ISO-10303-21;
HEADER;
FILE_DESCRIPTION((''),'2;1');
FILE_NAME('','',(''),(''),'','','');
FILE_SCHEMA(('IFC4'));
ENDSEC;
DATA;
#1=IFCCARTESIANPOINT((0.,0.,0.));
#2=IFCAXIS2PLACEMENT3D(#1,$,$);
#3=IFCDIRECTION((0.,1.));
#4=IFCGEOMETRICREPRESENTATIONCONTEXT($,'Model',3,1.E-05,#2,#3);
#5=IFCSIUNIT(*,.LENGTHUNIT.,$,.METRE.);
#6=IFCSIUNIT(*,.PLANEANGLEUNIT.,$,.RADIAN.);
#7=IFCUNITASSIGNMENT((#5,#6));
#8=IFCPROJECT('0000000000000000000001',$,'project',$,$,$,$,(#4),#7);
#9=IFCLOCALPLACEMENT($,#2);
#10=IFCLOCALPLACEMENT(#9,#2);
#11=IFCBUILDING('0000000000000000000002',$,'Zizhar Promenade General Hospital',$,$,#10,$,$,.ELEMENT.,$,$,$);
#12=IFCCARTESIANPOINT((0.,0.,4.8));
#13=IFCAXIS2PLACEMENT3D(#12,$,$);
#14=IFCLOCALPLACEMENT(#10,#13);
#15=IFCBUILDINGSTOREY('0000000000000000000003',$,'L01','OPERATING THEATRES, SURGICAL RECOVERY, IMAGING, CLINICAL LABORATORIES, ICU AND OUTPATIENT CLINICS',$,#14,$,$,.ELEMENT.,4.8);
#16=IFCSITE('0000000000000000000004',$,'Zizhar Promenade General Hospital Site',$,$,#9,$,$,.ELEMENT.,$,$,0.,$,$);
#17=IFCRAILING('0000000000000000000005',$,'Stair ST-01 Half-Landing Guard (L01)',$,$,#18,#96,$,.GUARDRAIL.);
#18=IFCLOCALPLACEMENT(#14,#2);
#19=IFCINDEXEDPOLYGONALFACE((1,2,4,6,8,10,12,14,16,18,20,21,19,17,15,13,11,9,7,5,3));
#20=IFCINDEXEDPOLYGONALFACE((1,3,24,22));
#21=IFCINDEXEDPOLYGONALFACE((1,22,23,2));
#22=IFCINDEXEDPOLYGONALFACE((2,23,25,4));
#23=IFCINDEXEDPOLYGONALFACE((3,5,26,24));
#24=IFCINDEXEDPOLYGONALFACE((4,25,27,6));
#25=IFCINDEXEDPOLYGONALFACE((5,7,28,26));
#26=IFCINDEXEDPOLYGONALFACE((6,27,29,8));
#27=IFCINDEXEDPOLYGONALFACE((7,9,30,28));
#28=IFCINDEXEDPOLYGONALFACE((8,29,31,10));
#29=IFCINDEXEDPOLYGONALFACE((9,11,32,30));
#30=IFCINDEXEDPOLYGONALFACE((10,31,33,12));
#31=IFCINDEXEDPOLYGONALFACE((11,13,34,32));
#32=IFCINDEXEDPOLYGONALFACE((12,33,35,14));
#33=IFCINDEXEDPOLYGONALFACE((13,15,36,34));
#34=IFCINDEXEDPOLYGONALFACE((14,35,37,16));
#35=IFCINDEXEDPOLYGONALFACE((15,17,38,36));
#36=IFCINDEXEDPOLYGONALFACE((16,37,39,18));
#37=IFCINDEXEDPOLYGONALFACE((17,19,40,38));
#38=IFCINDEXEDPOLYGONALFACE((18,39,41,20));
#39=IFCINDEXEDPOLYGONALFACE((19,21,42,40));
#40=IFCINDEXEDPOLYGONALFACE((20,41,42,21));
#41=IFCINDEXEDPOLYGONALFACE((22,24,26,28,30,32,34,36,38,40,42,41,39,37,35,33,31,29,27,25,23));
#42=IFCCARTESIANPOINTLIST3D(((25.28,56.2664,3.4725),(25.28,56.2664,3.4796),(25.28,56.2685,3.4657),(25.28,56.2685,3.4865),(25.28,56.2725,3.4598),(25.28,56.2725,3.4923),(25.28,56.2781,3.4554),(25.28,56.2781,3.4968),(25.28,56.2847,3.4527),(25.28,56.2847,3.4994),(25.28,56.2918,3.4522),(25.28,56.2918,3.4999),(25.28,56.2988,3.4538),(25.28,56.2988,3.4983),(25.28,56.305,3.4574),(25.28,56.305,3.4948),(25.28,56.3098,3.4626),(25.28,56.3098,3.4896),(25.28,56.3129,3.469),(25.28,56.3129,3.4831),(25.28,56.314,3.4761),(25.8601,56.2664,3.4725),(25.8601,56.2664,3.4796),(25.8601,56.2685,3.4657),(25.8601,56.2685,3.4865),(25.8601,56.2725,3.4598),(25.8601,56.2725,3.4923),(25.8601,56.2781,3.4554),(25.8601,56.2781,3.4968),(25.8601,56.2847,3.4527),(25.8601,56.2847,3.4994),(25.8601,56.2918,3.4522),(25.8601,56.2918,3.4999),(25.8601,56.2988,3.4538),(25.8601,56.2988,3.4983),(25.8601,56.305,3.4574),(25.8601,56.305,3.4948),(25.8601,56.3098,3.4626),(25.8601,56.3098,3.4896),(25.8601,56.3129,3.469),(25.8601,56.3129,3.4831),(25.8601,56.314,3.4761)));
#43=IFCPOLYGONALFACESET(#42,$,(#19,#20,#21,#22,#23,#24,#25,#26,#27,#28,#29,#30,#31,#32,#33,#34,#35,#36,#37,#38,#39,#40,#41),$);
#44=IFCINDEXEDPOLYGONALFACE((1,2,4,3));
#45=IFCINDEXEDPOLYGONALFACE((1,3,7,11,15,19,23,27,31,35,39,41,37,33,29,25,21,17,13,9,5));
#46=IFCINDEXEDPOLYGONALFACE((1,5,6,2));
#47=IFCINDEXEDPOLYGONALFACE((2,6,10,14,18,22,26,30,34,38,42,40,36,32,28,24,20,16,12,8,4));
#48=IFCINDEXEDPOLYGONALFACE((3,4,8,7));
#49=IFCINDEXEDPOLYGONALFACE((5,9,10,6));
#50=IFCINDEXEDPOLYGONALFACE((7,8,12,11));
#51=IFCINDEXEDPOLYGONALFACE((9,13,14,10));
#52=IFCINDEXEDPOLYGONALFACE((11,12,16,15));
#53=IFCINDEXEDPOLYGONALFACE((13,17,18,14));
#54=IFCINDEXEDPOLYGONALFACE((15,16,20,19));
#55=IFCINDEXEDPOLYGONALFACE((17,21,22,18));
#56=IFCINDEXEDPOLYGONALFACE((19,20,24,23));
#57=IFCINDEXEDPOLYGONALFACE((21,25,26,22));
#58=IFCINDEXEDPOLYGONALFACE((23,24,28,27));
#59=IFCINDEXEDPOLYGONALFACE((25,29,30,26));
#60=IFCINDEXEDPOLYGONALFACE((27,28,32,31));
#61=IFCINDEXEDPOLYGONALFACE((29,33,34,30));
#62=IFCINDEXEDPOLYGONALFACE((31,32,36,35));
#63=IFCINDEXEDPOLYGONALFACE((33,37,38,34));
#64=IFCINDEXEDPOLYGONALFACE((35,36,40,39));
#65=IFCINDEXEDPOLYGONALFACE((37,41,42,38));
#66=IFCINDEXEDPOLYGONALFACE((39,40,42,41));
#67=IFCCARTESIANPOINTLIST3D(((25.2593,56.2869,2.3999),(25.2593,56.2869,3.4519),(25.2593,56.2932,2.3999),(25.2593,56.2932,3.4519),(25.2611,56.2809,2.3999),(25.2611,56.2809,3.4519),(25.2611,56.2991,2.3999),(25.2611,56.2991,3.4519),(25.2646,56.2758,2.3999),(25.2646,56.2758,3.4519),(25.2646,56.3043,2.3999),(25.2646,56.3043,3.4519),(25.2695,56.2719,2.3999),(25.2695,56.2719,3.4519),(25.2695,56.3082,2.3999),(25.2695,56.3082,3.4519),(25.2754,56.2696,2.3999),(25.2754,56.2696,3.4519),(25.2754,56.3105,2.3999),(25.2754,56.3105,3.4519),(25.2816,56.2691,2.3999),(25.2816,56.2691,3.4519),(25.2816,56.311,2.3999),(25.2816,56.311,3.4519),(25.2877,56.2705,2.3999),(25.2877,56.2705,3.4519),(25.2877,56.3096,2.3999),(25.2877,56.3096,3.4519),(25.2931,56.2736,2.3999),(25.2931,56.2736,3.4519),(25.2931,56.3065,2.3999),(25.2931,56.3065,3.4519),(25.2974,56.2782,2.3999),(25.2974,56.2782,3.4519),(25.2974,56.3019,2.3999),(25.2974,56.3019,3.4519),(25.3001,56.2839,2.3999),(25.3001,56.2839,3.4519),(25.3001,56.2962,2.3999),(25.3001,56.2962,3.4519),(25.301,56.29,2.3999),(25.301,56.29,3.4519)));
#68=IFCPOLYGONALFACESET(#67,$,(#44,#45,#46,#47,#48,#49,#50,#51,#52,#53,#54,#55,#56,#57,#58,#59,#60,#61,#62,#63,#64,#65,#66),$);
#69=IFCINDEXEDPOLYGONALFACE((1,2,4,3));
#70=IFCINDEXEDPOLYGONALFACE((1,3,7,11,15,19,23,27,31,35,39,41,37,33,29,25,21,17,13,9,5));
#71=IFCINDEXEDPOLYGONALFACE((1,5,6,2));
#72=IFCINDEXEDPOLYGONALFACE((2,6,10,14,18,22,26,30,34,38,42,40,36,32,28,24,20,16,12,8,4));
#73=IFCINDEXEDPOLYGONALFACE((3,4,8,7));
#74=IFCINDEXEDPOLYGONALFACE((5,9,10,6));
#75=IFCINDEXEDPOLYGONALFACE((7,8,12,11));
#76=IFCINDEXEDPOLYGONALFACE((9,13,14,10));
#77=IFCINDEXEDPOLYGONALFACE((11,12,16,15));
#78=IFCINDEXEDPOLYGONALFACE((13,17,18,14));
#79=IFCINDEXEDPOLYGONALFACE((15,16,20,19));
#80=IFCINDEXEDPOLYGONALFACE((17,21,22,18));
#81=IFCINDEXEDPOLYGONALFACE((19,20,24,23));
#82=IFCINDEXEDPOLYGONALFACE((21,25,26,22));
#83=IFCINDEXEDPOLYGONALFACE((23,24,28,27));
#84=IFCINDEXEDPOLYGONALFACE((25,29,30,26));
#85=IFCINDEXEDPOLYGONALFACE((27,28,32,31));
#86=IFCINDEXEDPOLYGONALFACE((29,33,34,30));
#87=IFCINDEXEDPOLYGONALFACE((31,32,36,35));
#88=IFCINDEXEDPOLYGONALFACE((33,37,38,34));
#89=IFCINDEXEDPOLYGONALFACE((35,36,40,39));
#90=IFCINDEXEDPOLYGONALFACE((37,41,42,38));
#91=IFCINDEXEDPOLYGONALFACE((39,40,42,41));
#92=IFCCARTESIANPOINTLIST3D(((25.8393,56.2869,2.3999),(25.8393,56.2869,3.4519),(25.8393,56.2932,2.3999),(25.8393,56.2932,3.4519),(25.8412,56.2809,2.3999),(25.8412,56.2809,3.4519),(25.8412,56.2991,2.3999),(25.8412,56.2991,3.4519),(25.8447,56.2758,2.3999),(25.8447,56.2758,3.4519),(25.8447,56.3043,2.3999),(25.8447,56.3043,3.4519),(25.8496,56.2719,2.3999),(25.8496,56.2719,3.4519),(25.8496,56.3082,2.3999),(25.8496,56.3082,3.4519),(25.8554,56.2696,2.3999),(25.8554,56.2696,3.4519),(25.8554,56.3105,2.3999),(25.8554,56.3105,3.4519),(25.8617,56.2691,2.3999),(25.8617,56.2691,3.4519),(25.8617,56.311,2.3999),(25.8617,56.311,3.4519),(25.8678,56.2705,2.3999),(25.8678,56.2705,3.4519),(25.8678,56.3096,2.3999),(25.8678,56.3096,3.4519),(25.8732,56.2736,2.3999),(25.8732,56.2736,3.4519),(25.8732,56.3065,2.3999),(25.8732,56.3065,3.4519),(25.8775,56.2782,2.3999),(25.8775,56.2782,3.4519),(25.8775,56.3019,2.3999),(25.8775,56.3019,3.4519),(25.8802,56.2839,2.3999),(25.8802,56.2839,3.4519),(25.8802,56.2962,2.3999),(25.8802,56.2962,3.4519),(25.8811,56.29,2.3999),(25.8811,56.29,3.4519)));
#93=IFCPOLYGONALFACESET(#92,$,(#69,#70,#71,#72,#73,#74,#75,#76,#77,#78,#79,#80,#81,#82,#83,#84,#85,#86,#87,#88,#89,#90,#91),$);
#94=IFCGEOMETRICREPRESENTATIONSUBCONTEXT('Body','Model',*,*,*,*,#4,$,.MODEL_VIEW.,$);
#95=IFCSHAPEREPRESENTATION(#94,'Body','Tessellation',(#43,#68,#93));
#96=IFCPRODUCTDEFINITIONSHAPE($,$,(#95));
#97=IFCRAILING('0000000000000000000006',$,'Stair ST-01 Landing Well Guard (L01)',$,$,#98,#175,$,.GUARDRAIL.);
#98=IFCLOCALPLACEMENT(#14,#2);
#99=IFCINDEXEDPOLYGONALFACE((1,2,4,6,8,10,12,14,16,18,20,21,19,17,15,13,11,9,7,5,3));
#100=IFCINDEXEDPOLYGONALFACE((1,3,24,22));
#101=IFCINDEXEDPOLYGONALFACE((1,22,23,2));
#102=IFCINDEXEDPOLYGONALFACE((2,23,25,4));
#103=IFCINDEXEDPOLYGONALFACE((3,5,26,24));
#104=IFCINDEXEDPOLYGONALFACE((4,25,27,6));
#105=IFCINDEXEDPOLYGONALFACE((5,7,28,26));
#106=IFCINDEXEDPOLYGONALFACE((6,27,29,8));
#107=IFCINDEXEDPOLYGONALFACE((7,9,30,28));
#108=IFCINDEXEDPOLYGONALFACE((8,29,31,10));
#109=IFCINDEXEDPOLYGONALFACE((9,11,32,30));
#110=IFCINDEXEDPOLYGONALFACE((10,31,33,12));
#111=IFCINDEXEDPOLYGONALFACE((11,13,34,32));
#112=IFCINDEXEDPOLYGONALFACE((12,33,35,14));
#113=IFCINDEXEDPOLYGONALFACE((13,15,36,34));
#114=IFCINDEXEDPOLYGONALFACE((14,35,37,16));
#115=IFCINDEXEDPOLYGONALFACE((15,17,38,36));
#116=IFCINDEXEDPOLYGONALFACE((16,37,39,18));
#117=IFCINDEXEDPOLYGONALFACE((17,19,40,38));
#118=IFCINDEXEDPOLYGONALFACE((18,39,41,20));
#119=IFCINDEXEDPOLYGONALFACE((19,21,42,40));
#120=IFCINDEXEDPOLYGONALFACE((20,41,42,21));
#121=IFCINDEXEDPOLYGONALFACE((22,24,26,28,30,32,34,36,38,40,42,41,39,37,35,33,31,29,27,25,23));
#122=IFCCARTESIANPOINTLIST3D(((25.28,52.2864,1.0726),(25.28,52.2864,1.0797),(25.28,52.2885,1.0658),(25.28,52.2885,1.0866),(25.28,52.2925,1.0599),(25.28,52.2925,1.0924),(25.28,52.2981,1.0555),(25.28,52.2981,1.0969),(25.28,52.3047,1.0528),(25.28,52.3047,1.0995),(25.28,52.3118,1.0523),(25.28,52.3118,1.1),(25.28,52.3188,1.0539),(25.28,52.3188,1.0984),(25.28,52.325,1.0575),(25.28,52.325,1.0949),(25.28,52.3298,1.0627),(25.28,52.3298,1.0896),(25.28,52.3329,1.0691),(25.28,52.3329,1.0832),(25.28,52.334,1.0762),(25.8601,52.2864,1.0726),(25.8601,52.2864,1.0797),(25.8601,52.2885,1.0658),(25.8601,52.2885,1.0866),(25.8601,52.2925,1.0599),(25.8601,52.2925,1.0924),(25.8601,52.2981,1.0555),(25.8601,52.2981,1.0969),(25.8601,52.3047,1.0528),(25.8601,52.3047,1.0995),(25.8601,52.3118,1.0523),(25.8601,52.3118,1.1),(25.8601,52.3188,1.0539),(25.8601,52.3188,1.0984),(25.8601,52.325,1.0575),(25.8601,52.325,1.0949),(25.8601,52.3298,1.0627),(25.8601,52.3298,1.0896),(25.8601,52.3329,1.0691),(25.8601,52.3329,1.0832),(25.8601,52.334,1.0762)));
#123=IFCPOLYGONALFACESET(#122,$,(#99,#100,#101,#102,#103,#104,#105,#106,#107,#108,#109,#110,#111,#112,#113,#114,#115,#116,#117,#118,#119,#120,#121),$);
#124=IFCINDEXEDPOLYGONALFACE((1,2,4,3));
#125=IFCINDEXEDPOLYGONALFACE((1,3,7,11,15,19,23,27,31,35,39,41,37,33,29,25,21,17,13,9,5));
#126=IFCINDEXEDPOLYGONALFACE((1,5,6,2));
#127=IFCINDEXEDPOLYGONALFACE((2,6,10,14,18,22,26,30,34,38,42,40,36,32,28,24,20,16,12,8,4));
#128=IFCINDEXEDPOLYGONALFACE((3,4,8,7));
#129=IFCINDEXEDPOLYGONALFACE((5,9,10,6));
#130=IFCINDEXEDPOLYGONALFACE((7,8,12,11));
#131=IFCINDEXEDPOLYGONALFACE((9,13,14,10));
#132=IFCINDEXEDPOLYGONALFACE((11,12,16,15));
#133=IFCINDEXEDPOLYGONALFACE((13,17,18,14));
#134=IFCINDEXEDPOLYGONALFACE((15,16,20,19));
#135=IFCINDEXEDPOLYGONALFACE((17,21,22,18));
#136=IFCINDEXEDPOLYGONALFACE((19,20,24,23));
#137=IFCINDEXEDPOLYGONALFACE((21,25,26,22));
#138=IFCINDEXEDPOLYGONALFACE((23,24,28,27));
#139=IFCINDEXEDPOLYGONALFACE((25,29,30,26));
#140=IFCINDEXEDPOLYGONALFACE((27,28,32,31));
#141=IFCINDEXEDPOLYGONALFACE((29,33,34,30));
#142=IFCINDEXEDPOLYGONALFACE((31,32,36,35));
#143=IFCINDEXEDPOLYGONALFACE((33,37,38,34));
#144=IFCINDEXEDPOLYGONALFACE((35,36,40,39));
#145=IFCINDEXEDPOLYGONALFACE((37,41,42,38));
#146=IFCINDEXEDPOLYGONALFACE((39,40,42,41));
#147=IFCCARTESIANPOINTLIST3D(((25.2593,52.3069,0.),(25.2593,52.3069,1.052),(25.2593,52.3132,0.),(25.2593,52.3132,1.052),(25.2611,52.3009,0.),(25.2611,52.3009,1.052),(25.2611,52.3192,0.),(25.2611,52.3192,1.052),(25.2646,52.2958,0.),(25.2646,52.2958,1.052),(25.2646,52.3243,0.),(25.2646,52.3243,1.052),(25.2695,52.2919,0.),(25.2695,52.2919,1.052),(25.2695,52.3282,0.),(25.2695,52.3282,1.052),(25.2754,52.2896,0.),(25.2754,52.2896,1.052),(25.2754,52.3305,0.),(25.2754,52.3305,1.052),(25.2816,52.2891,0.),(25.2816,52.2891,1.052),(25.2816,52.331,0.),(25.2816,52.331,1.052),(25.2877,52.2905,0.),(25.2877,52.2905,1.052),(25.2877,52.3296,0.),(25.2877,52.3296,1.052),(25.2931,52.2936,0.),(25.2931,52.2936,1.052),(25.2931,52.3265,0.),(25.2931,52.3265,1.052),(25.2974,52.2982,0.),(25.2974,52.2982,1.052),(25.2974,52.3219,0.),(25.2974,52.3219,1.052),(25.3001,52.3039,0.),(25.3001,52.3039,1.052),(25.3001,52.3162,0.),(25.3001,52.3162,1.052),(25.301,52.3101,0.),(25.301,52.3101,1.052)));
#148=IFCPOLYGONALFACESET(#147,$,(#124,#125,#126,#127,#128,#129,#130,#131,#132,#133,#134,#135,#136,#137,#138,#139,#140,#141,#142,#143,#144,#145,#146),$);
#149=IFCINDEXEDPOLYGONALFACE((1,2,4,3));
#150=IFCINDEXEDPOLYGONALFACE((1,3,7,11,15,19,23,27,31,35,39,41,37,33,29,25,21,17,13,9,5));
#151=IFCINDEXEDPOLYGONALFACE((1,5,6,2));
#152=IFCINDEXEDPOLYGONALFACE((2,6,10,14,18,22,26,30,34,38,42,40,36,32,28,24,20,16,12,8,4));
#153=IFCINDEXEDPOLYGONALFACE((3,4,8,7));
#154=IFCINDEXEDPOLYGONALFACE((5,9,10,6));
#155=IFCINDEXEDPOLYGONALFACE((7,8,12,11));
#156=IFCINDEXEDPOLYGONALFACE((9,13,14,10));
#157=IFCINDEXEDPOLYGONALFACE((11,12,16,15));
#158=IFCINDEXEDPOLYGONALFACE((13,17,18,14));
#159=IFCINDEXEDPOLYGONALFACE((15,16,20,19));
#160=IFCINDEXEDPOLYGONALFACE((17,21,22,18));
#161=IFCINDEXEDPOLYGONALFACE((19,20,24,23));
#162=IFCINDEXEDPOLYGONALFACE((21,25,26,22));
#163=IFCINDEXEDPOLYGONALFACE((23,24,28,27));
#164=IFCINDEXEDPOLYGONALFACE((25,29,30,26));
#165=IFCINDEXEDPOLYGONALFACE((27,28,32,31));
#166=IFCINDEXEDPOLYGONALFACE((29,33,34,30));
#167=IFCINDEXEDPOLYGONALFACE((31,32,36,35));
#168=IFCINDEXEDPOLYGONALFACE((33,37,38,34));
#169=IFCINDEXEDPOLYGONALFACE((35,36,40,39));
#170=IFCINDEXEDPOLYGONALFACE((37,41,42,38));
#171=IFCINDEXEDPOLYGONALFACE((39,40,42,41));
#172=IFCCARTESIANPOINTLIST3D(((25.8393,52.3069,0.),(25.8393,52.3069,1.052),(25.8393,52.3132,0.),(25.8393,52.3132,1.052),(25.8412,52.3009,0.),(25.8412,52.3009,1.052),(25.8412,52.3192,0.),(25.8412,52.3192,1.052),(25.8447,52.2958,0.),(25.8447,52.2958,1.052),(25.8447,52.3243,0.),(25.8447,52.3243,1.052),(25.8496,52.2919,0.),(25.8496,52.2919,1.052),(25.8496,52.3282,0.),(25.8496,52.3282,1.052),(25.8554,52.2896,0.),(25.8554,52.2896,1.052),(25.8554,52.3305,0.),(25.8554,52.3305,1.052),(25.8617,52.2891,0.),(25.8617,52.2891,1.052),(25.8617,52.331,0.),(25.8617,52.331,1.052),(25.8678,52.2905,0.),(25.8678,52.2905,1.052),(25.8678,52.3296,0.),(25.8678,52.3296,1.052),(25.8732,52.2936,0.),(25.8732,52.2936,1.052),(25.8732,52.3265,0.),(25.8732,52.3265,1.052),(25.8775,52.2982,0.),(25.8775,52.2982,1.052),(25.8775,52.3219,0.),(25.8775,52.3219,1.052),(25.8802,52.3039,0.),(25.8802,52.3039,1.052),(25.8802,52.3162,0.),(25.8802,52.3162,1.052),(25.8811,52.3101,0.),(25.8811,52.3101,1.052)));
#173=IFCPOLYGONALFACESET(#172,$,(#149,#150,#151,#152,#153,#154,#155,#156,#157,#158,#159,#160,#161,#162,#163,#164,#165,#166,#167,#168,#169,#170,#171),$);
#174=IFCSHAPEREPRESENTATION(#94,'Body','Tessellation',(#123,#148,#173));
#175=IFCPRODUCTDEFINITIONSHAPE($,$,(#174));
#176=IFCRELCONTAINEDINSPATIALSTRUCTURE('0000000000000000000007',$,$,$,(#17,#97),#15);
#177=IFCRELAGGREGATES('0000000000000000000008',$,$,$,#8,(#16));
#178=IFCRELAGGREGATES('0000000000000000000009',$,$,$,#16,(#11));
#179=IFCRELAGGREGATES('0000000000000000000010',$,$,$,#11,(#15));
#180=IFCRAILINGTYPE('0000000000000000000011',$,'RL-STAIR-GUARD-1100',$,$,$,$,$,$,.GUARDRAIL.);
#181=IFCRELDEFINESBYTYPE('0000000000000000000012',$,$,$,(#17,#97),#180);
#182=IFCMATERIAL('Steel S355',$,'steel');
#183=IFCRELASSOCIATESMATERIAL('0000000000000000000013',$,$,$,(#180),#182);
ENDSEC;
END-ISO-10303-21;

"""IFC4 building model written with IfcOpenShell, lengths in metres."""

from ifc_helpers import new_model, si_unit, direction, frame, origin, origin_2d, place, context, subcontext, project, spatial, circle, hollow_circle, extrude, material, material_profile, profile_set, type_object, element, save


model = new_model("IFC4")

# Units and contexts
model_context = context("Model", 3, precision=1e-05, world=origin(), true_north=direction((0.0, 1.0)))
body_context = subcontext(model_context, "Body", "Model", "MODEL_VIEW")
ifc_project = project(units=[si_unit("LENGTHUNIT", "METRE"), si_unit("PLANEANGLEUNIT", "RADIAN")], contexts=[model_context])

# Site, building, storey
site_placement = place(None, origin())
site = spatial("IfcSite", under=ifc_project, at=site_placement, Name="Zizhar Promenade General Hospital Site", CompositionType="ELEMENT", RefElevation=0.0)
building_placement = place(site_placement, origin())
building = spatial("IfcBuilding", under=site, at=building_placement, Name="Zizhar Promenade General Hospital", CompositionType="ELEMENT")
storey_placement = place(building_placement, frame((0.0, 0.0, 4.8)))
storey = spatial("IfcBuildingStorey", under=building, at=storey_placement, Name="L01", Description="OPERATING THEATRES, SURGICAL RECOVERY, IMAGING, CLINICAL LABORATORIES, ICU AND OUTPATIENT CLINICS", CompositionType="ELEMENT", Elevation=4.8)

# Railings
ifc_material_1 = material(Name="Steel S355", Category="steel")
ifc_material_profile_1 = material_profile(ifc_material_1, hollow_circle(Radius=0.0698, WallThickness=0.0063, at=origin_2d()))
ifc_profile_set_1 = profile_set([ifc_material_profile_1], Name="Steel S355")
railing_type_1 = type_object("IfcRailingType", Name="RL-STAIR-GUARD-1100", PredefinedType="GUARDRAIL", material=ifc_profile_set_1)
for number, where, name in (
    (1, (25.28, 56.29, 2.3999), "Stair ST-01 Half-Landing Guard (L01)"),
    (2, (25.28, 52.3101, 0.0), "Stair ST-01 Landing Well Guard (L01)"),
):
    element("IfcRailing", number, at=place(storey_placement, frame(where)), inside=storey, type_object=railing_type_1, Name=name, PredefinedType="GUARDRAIL", context=body_context, shape_type="SweptSolid", body=[
        extrude(circle(Radius=0.0239, at=origin_2d()), frame((0.0, 0.0, 1.0762), z_axis=(1.0, 0.0, 0.0), x_axis=(0.0, 1.0, 0.0)), (0.0, 0.0, 1.0), 0.5801),
        extrude(circle(Radius=0.021, at=origin_2d()), origin(), (0.0, 0.0, 1.0), 1.052),
        extrude(circle(Radius=0.021, at=origin_2d()), frame((0.5801, 0.0, 0.0)), (0.0, 0.0, 1.0), 1.052),
    ])

save(model, "model.ifc")
